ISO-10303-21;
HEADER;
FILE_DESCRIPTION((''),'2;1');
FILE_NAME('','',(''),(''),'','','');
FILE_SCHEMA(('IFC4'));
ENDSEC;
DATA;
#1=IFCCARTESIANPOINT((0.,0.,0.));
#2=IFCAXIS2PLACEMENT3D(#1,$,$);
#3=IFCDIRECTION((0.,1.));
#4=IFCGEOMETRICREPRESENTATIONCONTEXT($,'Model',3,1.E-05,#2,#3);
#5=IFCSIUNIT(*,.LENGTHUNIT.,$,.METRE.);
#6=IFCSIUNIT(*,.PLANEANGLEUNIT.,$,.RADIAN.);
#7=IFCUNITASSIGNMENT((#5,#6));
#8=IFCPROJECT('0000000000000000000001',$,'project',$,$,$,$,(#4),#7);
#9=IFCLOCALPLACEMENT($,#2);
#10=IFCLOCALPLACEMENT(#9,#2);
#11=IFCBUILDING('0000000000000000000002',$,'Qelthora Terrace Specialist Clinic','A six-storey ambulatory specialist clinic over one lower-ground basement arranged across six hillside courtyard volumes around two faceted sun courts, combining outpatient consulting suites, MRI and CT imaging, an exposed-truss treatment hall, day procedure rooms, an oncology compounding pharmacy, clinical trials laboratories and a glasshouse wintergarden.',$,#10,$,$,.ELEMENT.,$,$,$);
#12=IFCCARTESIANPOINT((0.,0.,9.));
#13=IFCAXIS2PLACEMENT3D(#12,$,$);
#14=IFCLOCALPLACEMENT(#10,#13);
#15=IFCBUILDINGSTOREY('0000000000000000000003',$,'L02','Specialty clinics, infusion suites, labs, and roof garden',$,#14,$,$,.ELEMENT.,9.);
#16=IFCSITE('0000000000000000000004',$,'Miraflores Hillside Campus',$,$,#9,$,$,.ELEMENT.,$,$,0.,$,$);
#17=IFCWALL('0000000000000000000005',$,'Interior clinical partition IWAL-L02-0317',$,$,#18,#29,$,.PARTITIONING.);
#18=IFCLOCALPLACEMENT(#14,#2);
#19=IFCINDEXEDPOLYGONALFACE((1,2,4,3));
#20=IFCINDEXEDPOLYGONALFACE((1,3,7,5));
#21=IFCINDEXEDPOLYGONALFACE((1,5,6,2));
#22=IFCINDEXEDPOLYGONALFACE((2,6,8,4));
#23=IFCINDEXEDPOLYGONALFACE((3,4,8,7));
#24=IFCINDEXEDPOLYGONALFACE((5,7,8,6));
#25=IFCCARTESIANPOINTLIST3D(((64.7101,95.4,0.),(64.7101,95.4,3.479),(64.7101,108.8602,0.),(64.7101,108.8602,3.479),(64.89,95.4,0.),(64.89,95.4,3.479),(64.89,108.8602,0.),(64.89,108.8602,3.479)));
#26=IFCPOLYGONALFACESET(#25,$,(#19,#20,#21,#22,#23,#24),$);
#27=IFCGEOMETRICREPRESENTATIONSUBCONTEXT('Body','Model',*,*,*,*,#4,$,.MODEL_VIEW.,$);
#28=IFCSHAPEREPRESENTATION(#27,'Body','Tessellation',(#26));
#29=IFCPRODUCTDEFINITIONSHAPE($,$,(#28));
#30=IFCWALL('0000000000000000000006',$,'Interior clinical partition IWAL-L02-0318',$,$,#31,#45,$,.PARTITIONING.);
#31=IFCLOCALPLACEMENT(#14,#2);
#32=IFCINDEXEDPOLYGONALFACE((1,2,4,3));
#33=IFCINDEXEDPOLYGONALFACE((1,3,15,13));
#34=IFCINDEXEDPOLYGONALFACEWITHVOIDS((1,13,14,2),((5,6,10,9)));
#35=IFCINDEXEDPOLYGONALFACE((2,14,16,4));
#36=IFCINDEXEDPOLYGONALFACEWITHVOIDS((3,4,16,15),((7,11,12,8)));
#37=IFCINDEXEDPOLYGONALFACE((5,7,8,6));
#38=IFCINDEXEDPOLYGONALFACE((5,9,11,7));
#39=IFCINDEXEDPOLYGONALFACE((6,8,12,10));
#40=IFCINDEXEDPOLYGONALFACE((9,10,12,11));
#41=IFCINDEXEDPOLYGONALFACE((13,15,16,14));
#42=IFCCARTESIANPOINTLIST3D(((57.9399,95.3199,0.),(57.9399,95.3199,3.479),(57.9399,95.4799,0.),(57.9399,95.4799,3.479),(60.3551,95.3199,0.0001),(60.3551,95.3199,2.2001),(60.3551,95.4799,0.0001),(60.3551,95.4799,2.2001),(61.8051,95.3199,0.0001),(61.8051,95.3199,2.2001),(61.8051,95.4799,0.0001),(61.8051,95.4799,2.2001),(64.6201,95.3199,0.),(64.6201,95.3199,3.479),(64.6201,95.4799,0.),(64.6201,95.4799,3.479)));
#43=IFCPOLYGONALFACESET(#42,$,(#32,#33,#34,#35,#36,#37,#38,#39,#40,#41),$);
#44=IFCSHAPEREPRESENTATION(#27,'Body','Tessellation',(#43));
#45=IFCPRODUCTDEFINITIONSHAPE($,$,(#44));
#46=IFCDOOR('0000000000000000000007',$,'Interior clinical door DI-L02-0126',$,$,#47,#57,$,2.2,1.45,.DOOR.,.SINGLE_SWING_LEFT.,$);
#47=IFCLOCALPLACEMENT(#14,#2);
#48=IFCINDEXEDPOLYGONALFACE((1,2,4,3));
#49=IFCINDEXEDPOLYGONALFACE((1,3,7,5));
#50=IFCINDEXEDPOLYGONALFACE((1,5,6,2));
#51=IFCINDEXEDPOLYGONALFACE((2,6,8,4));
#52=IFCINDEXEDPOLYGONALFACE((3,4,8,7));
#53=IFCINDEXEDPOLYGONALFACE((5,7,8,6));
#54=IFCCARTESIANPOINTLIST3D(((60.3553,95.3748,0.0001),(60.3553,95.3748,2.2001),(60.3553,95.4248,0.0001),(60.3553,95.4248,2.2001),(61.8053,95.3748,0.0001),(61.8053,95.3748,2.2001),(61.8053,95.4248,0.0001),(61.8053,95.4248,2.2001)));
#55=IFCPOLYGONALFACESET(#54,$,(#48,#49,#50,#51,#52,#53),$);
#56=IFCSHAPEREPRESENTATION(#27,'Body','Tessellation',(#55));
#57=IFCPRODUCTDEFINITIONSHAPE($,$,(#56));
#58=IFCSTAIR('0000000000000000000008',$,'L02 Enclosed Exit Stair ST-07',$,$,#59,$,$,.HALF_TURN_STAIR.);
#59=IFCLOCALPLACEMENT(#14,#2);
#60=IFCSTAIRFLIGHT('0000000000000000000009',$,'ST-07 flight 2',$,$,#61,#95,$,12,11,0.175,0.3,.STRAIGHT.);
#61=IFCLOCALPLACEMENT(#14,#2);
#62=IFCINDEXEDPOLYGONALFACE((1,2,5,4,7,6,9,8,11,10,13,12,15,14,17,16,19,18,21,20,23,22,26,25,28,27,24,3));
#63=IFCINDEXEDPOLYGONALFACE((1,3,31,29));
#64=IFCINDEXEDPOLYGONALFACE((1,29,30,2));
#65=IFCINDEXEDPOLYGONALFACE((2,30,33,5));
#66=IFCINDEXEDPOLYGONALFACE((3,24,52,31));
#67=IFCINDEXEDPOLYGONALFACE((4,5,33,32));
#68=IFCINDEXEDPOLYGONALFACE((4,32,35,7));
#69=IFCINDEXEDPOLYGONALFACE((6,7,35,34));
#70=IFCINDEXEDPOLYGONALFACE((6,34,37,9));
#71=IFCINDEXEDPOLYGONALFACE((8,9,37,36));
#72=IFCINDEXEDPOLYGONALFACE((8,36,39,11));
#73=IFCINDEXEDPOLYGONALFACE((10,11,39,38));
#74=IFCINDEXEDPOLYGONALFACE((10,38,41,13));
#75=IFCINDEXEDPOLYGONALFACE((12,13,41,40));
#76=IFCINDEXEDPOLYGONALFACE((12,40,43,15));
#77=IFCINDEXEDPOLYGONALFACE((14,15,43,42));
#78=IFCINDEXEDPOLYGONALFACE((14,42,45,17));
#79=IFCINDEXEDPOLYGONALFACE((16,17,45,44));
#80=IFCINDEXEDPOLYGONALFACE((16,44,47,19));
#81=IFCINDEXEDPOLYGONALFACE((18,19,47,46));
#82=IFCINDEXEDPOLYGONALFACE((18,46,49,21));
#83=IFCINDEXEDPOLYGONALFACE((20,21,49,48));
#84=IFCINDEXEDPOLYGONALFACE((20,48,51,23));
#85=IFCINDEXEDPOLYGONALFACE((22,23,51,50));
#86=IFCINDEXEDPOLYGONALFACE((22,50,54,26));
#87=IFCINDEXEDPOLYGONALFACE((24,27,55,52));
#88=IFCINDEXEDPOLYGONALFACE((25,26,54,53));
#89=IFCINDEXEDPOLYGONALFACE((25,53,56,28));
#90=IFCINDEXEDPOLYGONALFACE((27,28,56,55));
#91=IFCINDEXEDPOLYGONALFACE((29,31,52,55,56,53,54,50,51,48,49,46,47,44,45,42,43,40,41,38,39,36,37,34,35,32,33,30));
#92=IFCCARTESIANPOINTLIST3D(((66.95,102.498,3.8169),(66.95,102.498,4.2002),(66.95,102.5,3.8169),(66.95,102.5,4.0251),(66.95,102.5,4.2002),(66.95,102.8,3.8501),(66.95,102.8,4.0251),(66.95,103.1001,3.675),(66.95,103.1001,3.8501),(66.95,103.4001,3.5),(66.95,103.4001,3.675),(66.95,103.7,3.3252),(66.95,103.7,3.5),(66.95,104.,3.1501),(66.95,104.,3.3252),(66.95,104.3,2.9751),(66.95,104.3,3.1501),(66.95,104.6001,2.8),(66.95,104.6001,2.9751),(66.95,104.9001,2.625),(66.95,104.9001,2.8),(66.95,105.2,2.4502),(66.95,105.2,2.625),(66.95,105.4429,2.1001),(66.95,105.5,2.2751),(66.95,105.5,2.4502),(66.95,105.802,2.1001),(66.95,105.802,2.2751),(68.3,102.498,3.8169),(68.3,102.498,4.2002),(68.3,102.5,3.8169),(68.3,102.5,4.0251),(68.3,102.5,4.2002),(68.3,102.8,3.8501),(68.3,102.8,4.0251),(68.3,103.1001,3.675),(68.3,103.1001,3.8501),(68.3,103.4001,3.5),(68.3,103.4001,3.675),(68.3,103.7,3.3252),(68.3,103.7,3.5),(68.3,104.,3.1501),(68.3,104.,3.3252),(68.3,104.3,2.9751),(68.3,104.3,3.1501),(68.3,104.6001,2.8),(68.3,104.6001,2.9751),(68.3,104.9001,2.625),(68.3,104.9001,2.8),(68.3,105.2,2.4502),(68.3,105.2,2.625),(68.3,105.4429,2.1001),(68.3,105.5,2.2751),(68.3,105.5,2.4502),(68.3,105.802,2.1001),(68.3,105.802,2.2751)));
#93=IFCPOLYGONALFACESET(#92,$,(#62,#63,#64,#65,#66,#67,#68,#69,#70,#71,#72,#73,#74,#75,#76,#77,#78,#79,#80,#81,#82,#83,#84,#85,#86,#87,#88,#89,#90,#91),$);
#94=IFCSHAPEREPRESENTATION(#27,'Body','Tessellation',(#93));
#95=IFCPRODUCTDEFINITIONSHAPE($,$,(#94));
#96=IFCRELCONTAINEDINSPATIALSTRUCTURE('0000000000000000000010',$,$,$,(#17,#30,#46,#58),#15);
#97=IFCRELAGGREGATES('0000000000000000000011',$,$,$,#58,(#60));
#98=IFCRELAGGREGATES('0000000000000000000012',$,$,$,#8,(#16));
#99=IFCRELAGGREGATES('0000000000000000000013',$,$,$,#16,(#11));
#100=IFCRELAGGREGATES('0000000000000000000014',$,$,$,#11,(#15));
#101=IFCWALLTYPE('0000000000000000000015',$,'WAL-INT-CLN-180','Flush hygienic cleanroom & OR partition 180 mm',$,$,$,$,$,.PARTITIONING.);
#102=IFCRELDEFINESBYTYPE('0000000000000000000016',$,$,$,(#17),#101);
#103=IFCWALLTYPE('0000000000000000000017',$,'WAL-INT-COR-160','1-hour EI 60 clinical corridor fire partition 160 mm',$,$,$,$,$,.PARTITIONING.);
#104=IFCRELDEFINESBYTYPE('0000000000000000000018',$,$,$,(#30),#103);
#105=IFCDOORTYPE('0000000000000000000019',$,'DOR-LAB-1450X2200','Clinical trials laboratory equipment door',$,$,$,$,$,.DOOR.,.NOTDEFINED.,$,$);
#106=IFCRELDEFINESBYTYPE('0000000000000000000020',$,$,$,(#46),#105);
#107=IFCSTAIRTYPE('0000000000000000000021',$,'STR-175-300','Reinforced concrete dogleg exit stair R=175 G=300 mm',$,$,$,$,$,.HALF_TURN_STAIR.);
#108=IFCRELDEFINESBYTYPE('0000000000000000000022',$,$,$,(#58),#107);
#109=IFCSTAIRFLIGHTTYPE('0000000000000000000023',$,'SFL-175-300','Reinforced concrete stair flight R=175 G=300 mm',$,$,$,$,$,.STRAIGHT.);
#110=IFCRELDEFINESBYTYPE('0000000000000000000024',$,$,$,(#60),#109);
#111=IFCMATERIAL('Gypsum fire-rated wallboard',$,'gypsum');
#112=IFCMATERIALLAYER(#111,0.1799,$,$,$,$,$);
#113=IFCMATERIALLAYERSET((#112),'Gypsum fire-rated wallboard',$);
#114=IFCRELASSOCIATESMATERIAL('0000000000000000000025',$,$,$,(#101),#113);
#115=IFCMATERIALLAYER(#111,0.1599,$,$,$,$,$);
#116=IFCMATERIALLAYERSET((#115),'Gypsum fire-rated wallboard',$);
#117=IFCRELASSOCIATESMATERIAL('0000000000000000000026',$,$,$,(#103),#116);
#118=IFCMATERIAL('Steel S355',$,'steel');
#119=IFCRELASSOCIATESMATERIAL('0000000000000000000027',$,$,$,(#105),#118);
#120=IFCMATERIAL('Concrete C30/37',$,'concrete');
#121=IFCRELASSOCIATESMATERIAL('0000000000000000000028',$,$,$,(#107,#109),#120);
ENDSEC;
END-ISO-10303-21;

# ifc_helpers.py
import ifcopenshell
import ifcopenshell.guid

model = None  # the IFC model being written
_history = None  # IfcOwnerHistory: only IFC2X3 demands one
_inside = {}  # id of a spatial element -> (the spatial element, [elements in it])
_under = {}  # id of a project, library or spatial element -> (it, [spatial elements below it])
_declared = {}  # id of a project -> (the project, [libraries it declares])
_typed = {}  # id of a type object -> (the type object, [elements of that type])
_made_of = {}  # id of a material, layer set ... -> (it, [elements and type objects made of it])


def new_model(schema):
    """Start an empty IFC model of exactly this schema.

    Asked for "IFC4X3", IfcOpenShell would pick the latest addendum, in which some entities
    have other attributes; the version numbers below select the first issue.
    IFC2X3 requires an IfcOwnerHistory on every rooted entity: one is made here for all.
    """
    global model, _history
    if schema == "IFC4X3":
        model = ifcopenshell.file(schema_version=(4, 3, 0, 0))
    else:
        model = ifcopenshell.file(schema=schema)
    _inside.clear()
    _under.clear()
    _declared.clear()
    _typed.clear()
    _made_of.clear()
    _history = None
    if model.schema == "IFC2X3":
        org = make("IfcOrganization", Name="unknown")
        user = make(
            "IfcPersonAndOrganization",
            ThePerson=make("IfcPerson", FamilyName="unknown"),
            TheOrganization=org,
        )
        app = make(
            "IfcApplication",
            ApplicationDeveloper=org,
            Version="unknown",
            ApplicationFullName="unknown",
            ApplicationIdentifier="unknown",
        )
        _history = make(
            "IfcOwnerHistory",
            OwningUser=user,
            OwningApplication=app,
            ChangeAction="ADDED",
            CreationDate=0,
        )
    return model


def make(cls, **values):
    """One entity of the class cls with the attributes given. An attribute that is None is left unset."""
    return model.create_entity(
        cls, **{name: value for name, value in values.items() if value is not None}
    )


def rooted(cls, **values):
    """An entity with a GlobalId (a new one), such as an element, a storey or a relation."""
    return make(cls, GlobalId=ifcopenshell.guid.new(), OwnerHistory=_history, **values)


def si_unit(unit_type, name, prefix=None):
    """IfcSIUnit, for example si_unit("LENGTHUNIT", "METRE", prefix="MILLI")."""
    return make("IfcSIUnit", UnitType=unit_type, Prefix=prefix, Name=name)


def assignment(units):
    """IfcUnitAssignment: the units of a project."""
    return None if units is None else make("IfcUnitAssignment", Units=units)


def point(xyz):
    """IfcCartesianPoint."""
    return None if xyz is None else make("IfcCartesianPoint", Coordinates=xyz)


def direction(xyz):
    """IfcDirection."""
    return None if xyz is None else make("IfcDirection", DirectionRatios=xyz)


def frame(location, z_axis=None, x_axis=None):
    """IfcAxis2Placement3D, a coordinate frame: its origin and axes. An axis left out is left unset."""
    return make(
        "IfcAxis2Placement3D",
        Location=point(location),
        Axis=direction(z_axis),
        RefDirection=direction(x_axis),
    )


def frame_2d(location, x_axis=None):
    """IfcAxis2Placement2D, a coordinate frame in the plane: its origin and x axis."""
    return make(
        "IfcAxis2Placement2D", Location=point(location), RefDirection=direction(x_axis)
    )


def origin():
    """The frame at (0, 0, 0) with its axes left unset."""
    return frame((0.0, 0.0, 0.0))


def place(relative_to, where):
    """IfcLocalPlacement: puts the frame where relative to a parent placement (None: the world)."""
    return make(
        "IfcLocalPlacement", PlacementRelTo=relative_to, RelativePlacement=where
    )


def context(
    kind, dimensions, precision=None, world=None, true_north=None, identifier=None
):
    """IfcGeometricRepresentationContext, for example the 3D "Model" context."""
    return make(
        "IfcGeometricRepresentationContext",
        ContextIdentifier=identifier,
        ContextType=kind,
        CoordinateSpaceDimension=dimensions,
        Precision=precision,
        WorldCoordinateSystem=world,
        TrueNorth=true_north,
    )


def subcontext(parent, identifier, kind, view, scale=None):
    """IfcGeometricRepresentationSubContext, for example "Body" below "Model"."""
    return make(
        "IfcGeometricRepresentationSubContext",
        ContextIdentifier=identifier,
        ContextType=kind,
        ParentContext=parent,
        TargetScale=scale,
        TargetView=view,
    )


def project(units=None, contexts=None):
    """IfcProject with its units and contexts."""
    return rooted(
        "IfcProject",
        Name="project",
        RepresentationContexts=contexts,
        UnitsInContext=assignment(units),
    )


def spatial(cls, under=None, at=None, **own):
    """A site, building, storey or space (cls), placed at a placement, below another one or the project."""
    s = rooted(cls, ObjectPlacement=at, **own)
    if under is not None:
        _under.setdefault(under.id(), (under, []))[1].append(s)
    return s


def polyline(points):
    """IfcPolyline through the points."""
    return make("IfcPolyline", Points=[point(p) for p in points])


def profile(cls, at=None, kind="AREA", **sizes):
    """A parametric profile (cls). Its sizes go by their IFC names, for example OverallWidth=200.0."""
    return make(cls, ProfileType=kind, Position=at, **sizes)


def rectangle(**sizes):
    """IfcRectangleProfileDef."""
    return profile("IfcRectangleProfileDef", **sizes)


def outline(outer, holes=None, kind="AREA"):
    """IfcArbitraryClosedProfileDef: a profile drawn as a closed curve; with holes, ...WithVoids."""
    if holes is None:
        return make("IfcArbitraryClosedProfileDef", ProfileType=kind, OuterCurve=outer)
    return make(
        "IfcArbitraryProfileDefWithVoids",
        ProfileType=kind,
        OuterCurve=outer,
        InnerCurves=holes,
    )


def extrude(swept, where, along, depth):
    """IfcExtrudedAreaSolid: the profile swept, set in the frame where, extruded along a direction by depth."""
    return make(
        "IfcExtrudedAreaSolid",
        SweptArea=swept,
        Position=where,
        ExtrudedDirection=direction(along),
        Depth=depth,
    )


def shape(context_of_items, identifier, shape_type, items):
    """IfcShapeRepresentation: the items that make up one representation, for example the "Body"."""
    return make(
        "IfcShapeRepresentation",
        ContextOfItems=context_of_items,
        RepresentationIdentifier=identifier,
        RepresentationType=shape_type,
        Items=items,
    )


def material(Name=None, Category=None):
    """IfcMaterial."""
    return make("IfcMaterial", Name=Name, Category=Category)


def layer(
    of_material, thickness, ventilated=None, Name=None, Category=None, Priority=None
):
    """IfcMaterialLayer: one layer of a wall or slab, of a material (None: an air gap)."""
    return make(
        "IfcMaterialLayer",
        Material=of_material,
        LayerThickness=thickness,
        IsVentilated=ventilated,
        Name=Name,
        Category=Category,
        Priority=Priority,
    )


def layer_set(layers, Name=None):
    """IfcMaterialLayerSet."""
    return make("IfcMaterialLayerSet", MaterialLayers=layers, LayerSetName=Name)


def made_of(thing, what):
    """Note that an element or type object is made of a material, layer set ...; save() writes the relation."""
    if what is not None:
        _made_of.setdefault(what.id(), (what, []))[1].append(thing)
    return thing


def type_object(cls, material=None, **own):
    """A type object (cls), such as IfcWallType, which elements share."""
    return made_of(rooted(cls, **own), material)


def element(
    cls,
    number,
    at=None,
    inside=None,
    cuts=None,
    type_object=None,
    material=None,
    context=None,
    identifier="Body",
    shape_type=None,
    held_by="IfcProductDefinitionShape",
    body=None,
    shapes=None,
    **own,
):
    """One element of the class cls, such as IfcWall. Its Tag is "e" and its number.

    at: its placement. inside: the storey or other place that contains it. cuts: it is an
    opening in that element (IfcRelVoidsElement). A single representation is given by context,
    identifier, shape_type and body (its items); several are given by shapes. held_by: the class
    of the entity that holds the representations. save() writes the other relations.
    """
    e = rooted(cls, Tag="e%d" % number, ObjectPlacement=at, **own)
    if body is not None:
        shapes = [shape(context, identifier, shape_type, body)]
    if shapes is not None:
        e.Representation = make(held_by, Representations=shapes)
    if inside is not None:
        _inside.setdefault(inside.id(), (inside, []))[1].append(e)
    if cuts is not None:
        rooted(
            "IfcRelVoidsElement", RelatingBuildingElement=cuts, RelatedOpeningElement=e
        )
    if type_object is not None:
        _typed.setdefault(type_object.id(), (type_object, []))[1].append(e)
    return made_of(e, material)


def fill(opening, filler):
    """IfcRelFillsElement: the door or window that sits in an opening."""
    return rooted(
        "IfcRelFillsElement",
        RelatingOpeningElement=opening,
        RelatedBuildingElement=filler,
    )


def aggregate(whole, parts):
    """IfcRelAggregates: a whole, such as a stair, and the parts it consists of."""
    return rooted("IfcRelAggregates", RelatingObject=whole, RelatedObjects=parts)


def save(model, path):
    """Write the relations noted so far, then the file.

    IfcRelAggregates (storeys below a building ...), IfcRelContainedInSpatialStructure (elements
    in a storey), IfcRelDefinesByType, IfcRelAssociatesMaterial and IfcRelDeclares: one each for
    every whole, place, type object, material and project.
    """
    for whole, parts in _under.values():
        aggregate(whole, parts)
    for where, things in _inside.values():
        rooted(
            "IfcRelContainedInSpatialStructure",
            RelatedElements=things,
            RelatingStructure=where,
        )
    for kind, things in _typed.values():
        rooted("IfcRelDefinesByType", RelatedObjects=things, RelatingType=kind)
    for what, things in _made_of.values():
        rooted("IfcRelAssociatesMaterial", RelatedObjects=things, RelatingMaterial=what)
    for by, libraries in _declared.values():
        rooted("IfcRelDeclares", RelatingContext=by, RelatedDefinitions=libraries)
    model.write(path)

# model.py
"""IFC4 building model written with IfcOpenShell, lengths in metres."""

from ifc_helpers import new_model, si_unit, direction, frame, frame_2d, origin, place, context, subcontext, project, spatial, polyline, rectangle, outline, extrude, material, layer, layer_set, type_object, element, fill, aggregate, save


model = new_model("IFC4")

# Units and contexts
model_context = context("Model", 3, precision=1e-05, world=origin(), true_north=direction((0.0, 1.0)))
body_context = subcontext(model_context, "Body", "Model", "MODEL_VIEW")
ifc_project = project(units=[si_unit("LENGTHUNIT", "METRE"), si_unit("PLANEANGLEUNIT", "RADIAN")], contexts=[model_context])

# Site, building, storey
site_placement = place(None, origin())
site = spatial("IfcSite", under=ifc_project, at=site_placement, Name="Miraflores Hillside Campus", CompositionType="ELEMENT", RefElevation=0.0)
building_placement = place(site_placement, origin())
building = spatial("IfcBuilding", under=site, at=building_placement, Name="Qelthora Terrace Specialist Clinic", Description="A six-storey ambulatory specialist clinic over one lower-ground basement arranged across six hillside courtyard volumes around two faceted sun courts, combining outpatient consulting suites, MRI and CT imaging, an exposed-truss treatment hall, day procedure rooms, an oncology compounding pharmacy, clinical trials laboratories and a glasshouse wintergarden.", CompositionType="ELEMENT")
storey_placement = place(building_placement, frame((0.0, 0.0, 9.0)))
storey = spatial("IfcBuildingStorey", under=building, at=storey_placement, Name="L02", Description="Specialty clinics, infusion suites, labs, and roof garden", CompositionType="ELEMENT", Elevation=9.0)

# Shared definitions
ifc_material_1 = material(Name="Steel S355", Category="steel")

# Wall
ifc_material_2 = material(Name="Gypsum fire-rated wallboard", Category="gypsum")
ifc_layer_1 = layer(ifc_material_2, 0.1799)
ifc_layer_set_1 = layer_set([ifc_layer_1], Name="Gypsum fire-rated wallboard")
wall_type_1 = type_object("IfcWallType", Name="WAL-INT-CLN-180", Description="Flush hygienic cleanroom & OR partition 180 mm", PredefinedType="PARTITIONING", material=ifc_layer_set_1)
wall_1_placement = place(storey_placement, frame((64.8, 108.8601, 0.0), z_axis=(0.0, 0.0, 1.0), x_axis=(0.0, -1.0, 0.0)))
element("IfcWall", 1, at=wall_1_placement, inside=storey, type_object=wall_type_1, Name="Interior clinical partition IWAL-L02-0317", PredefinedType="PARTITIONING", context=body_context, shape_type="SweptSolid", body=[
    extrude(rectangle(XDim=13.4602, YDim=0.1799, at=frame_2d((6.73, 0.0))), origin(), (0.0, 0.0, 1.0), 3.479),
])

# Wall, opening, door
ifc_layer_2 = layer(ifc_material_2, 0.1599)
ifc_layer_set_2 = layer_set([ifc_layer_2], Name="Gypsum fire-rated wallboard")
wall_type_2 = type_object("IfcWallType", Name="WAL-INT-COR-160", Description="1-hour EI 60 clinical corridor fire partition 160 mm", PredefinedType="PARTITIONING", material=ifc_layer_set_2)
wall_2_placement = place(storey_placement, frame((64.6201, 95.3999, 0.0), z_axis=(0.0, 0.0, 1.0), x_axis=(-1.0, 0.0, 0.0)))
wall_2 = element("IfcWall", 2, at=wall_2_placement, inside=storey, type_object=wall_type_2, Name="Interior clinical partition IWAL-L02-0318", PredefinedType="PARTITIONING", context=body_context, shape_type="SweptSolid", body=[
    extrude(rectangle(XDim=6.6802, YDim=0.1599, at=frame_2d((3.3401, 0.0))), origin(), (0.0, 0.0, 1.0), 3.479),
])
opening_1_placement = place(wall_2_placement, frame((2.8149, 0.0, 0.0)))
opening_1 = element("IfcOpeningElement", 3, at=opening_1_placement, cuts=wall_2, PredefinedType="OPENING", context=body_context, shape_type="SweptSolid", body=[
    extrude(rectangle(XDim=1.45, YDim=2.2, at=frame_2d((0.7251, 1.1001))), frame((0.0, 0.0898, 0.0), z_axis=(0.0, -1.0, 0.0), x_axis=(1.0, 0.0, 0.0)), (0.0, 0.0, 1.0), 0.1799),
])
door_type_1 = type_object("IfcDoorType", Name="DOR-LAB-1450X2200", Description="Clinical trials laboratory equipment door", OperationType="NOTDEFINED", PredefinedType="DOOR", material=ifc_material_1)
door_1_placement = place(opening_1_placement, frame((1.45, 0.0, 0.0), z_axis=(0.0, 0.0, 1.0), x_axis=(-1.0, 0.0, 0.0)))
door_1 = element("IfcDoor", 4, at=door_1_placement, inside=storey, type_object=door_type_1, Name="Interior clinical door DI-L02-0126", OperationType="SINGLE_SWING_LEFT", OverallHeight=2.2, OverallWidth=1.45, PredefinedType="DOOR", context=body_context, shape_type="SweptSolid", body=[
    extrude(rectangle(XDim=1.45, YDim=2.2, at=frame_2d((0.7251, 1.1001))), frame((0.0, 0.0249, 0.0), z_axis=(0.0, -1.0, 0.0), x_axis=(1.0, 0.0, 0.0)), (0.0, 0.0, 1.0), 0.05),
])
fill(opening_1, door_1)

# Stair, stair flight
ifc_material_3 = material(Name="Concrete C30/37", Category="concrete")
stair_type = type_object("IfcStairType", Name="STR-175-300", Description="Reinforced concrete dogleg exit stair R=175 G=300 mm", PredefinedType="HALF_TURN_STAIR", material=ifc_material_3)
stair_placement = place(storey_placement, origin())
stair = element("IfcStair", 5, at=stair_placement, inside=storey, type_object=stair_type, Name="L02 Enclosed Exit Stair ST-07", PredefinedType="HALF_TURN_STAIR")
stair_flight_type = type_object("IfcStairFlightType", Name="SFL-175-300", Description="Reinforced concrete stair flight R=175 G=300 mm", PredefinedType="STRAIGHT", material=ifc_material_3)
stair_flight_placement = place(storey_placement, frame((67.625, 105.8, 2.1001), z_axis=(0.0, 0.0, 1.0), x_axis=(0.0, -1.0, 0.0)))
stair_flight = element("IfcStairFlight", 6, at=stair_flight_placement, type_object=stair_flight_type, Name="ST-07 flight 2", NumberOfRisers=12, NumberOfTreads=11, PredefinedType="STRAIGHT", RiserHeight=0.175, TreadLength=0.3, context=body_context, shape_type="SweptSolid", body=[
    extrude(outline(polyline([(-0.002, 0.0), (-0.002, 0.175), (0.3, 0.175), (0.3, 0.3501), (0.6001, 0.3501), (0.6001, 0.5249), (0.8999, 0.5249), (0.8999, 0.7), (1.2, 0.7), (1.2, 0.875), (1.5, 0.875), (1.5, 1.05), (1.8, 1.05), (1.8, 1.2251), (2.1001, 1.2251), (2.1001, 1.3999), (2.3999, 1.3999), (2.3999, 1.575), (2.7, 1.575), (2.7, 1.75), (3.0, 1.75), (3.0, 1.925), (3.3, 1.925), (3.3, 2.1001), (3.302, 2.1001), (3.302, 1.7168), (3.3, 1.7168), (0.3572, 0.0), (-0.002, 0.0)])), frame((0.0, 0.675, 0.0), z_axis=(0.0, -1.0, 0.0), x_axis=(1.0, 0.0, 0.0)), (0.0, 0.0, 1.0), 1.3501),
])
aggregate(stair, [stair_flight])

save(model, "model.ifc")
